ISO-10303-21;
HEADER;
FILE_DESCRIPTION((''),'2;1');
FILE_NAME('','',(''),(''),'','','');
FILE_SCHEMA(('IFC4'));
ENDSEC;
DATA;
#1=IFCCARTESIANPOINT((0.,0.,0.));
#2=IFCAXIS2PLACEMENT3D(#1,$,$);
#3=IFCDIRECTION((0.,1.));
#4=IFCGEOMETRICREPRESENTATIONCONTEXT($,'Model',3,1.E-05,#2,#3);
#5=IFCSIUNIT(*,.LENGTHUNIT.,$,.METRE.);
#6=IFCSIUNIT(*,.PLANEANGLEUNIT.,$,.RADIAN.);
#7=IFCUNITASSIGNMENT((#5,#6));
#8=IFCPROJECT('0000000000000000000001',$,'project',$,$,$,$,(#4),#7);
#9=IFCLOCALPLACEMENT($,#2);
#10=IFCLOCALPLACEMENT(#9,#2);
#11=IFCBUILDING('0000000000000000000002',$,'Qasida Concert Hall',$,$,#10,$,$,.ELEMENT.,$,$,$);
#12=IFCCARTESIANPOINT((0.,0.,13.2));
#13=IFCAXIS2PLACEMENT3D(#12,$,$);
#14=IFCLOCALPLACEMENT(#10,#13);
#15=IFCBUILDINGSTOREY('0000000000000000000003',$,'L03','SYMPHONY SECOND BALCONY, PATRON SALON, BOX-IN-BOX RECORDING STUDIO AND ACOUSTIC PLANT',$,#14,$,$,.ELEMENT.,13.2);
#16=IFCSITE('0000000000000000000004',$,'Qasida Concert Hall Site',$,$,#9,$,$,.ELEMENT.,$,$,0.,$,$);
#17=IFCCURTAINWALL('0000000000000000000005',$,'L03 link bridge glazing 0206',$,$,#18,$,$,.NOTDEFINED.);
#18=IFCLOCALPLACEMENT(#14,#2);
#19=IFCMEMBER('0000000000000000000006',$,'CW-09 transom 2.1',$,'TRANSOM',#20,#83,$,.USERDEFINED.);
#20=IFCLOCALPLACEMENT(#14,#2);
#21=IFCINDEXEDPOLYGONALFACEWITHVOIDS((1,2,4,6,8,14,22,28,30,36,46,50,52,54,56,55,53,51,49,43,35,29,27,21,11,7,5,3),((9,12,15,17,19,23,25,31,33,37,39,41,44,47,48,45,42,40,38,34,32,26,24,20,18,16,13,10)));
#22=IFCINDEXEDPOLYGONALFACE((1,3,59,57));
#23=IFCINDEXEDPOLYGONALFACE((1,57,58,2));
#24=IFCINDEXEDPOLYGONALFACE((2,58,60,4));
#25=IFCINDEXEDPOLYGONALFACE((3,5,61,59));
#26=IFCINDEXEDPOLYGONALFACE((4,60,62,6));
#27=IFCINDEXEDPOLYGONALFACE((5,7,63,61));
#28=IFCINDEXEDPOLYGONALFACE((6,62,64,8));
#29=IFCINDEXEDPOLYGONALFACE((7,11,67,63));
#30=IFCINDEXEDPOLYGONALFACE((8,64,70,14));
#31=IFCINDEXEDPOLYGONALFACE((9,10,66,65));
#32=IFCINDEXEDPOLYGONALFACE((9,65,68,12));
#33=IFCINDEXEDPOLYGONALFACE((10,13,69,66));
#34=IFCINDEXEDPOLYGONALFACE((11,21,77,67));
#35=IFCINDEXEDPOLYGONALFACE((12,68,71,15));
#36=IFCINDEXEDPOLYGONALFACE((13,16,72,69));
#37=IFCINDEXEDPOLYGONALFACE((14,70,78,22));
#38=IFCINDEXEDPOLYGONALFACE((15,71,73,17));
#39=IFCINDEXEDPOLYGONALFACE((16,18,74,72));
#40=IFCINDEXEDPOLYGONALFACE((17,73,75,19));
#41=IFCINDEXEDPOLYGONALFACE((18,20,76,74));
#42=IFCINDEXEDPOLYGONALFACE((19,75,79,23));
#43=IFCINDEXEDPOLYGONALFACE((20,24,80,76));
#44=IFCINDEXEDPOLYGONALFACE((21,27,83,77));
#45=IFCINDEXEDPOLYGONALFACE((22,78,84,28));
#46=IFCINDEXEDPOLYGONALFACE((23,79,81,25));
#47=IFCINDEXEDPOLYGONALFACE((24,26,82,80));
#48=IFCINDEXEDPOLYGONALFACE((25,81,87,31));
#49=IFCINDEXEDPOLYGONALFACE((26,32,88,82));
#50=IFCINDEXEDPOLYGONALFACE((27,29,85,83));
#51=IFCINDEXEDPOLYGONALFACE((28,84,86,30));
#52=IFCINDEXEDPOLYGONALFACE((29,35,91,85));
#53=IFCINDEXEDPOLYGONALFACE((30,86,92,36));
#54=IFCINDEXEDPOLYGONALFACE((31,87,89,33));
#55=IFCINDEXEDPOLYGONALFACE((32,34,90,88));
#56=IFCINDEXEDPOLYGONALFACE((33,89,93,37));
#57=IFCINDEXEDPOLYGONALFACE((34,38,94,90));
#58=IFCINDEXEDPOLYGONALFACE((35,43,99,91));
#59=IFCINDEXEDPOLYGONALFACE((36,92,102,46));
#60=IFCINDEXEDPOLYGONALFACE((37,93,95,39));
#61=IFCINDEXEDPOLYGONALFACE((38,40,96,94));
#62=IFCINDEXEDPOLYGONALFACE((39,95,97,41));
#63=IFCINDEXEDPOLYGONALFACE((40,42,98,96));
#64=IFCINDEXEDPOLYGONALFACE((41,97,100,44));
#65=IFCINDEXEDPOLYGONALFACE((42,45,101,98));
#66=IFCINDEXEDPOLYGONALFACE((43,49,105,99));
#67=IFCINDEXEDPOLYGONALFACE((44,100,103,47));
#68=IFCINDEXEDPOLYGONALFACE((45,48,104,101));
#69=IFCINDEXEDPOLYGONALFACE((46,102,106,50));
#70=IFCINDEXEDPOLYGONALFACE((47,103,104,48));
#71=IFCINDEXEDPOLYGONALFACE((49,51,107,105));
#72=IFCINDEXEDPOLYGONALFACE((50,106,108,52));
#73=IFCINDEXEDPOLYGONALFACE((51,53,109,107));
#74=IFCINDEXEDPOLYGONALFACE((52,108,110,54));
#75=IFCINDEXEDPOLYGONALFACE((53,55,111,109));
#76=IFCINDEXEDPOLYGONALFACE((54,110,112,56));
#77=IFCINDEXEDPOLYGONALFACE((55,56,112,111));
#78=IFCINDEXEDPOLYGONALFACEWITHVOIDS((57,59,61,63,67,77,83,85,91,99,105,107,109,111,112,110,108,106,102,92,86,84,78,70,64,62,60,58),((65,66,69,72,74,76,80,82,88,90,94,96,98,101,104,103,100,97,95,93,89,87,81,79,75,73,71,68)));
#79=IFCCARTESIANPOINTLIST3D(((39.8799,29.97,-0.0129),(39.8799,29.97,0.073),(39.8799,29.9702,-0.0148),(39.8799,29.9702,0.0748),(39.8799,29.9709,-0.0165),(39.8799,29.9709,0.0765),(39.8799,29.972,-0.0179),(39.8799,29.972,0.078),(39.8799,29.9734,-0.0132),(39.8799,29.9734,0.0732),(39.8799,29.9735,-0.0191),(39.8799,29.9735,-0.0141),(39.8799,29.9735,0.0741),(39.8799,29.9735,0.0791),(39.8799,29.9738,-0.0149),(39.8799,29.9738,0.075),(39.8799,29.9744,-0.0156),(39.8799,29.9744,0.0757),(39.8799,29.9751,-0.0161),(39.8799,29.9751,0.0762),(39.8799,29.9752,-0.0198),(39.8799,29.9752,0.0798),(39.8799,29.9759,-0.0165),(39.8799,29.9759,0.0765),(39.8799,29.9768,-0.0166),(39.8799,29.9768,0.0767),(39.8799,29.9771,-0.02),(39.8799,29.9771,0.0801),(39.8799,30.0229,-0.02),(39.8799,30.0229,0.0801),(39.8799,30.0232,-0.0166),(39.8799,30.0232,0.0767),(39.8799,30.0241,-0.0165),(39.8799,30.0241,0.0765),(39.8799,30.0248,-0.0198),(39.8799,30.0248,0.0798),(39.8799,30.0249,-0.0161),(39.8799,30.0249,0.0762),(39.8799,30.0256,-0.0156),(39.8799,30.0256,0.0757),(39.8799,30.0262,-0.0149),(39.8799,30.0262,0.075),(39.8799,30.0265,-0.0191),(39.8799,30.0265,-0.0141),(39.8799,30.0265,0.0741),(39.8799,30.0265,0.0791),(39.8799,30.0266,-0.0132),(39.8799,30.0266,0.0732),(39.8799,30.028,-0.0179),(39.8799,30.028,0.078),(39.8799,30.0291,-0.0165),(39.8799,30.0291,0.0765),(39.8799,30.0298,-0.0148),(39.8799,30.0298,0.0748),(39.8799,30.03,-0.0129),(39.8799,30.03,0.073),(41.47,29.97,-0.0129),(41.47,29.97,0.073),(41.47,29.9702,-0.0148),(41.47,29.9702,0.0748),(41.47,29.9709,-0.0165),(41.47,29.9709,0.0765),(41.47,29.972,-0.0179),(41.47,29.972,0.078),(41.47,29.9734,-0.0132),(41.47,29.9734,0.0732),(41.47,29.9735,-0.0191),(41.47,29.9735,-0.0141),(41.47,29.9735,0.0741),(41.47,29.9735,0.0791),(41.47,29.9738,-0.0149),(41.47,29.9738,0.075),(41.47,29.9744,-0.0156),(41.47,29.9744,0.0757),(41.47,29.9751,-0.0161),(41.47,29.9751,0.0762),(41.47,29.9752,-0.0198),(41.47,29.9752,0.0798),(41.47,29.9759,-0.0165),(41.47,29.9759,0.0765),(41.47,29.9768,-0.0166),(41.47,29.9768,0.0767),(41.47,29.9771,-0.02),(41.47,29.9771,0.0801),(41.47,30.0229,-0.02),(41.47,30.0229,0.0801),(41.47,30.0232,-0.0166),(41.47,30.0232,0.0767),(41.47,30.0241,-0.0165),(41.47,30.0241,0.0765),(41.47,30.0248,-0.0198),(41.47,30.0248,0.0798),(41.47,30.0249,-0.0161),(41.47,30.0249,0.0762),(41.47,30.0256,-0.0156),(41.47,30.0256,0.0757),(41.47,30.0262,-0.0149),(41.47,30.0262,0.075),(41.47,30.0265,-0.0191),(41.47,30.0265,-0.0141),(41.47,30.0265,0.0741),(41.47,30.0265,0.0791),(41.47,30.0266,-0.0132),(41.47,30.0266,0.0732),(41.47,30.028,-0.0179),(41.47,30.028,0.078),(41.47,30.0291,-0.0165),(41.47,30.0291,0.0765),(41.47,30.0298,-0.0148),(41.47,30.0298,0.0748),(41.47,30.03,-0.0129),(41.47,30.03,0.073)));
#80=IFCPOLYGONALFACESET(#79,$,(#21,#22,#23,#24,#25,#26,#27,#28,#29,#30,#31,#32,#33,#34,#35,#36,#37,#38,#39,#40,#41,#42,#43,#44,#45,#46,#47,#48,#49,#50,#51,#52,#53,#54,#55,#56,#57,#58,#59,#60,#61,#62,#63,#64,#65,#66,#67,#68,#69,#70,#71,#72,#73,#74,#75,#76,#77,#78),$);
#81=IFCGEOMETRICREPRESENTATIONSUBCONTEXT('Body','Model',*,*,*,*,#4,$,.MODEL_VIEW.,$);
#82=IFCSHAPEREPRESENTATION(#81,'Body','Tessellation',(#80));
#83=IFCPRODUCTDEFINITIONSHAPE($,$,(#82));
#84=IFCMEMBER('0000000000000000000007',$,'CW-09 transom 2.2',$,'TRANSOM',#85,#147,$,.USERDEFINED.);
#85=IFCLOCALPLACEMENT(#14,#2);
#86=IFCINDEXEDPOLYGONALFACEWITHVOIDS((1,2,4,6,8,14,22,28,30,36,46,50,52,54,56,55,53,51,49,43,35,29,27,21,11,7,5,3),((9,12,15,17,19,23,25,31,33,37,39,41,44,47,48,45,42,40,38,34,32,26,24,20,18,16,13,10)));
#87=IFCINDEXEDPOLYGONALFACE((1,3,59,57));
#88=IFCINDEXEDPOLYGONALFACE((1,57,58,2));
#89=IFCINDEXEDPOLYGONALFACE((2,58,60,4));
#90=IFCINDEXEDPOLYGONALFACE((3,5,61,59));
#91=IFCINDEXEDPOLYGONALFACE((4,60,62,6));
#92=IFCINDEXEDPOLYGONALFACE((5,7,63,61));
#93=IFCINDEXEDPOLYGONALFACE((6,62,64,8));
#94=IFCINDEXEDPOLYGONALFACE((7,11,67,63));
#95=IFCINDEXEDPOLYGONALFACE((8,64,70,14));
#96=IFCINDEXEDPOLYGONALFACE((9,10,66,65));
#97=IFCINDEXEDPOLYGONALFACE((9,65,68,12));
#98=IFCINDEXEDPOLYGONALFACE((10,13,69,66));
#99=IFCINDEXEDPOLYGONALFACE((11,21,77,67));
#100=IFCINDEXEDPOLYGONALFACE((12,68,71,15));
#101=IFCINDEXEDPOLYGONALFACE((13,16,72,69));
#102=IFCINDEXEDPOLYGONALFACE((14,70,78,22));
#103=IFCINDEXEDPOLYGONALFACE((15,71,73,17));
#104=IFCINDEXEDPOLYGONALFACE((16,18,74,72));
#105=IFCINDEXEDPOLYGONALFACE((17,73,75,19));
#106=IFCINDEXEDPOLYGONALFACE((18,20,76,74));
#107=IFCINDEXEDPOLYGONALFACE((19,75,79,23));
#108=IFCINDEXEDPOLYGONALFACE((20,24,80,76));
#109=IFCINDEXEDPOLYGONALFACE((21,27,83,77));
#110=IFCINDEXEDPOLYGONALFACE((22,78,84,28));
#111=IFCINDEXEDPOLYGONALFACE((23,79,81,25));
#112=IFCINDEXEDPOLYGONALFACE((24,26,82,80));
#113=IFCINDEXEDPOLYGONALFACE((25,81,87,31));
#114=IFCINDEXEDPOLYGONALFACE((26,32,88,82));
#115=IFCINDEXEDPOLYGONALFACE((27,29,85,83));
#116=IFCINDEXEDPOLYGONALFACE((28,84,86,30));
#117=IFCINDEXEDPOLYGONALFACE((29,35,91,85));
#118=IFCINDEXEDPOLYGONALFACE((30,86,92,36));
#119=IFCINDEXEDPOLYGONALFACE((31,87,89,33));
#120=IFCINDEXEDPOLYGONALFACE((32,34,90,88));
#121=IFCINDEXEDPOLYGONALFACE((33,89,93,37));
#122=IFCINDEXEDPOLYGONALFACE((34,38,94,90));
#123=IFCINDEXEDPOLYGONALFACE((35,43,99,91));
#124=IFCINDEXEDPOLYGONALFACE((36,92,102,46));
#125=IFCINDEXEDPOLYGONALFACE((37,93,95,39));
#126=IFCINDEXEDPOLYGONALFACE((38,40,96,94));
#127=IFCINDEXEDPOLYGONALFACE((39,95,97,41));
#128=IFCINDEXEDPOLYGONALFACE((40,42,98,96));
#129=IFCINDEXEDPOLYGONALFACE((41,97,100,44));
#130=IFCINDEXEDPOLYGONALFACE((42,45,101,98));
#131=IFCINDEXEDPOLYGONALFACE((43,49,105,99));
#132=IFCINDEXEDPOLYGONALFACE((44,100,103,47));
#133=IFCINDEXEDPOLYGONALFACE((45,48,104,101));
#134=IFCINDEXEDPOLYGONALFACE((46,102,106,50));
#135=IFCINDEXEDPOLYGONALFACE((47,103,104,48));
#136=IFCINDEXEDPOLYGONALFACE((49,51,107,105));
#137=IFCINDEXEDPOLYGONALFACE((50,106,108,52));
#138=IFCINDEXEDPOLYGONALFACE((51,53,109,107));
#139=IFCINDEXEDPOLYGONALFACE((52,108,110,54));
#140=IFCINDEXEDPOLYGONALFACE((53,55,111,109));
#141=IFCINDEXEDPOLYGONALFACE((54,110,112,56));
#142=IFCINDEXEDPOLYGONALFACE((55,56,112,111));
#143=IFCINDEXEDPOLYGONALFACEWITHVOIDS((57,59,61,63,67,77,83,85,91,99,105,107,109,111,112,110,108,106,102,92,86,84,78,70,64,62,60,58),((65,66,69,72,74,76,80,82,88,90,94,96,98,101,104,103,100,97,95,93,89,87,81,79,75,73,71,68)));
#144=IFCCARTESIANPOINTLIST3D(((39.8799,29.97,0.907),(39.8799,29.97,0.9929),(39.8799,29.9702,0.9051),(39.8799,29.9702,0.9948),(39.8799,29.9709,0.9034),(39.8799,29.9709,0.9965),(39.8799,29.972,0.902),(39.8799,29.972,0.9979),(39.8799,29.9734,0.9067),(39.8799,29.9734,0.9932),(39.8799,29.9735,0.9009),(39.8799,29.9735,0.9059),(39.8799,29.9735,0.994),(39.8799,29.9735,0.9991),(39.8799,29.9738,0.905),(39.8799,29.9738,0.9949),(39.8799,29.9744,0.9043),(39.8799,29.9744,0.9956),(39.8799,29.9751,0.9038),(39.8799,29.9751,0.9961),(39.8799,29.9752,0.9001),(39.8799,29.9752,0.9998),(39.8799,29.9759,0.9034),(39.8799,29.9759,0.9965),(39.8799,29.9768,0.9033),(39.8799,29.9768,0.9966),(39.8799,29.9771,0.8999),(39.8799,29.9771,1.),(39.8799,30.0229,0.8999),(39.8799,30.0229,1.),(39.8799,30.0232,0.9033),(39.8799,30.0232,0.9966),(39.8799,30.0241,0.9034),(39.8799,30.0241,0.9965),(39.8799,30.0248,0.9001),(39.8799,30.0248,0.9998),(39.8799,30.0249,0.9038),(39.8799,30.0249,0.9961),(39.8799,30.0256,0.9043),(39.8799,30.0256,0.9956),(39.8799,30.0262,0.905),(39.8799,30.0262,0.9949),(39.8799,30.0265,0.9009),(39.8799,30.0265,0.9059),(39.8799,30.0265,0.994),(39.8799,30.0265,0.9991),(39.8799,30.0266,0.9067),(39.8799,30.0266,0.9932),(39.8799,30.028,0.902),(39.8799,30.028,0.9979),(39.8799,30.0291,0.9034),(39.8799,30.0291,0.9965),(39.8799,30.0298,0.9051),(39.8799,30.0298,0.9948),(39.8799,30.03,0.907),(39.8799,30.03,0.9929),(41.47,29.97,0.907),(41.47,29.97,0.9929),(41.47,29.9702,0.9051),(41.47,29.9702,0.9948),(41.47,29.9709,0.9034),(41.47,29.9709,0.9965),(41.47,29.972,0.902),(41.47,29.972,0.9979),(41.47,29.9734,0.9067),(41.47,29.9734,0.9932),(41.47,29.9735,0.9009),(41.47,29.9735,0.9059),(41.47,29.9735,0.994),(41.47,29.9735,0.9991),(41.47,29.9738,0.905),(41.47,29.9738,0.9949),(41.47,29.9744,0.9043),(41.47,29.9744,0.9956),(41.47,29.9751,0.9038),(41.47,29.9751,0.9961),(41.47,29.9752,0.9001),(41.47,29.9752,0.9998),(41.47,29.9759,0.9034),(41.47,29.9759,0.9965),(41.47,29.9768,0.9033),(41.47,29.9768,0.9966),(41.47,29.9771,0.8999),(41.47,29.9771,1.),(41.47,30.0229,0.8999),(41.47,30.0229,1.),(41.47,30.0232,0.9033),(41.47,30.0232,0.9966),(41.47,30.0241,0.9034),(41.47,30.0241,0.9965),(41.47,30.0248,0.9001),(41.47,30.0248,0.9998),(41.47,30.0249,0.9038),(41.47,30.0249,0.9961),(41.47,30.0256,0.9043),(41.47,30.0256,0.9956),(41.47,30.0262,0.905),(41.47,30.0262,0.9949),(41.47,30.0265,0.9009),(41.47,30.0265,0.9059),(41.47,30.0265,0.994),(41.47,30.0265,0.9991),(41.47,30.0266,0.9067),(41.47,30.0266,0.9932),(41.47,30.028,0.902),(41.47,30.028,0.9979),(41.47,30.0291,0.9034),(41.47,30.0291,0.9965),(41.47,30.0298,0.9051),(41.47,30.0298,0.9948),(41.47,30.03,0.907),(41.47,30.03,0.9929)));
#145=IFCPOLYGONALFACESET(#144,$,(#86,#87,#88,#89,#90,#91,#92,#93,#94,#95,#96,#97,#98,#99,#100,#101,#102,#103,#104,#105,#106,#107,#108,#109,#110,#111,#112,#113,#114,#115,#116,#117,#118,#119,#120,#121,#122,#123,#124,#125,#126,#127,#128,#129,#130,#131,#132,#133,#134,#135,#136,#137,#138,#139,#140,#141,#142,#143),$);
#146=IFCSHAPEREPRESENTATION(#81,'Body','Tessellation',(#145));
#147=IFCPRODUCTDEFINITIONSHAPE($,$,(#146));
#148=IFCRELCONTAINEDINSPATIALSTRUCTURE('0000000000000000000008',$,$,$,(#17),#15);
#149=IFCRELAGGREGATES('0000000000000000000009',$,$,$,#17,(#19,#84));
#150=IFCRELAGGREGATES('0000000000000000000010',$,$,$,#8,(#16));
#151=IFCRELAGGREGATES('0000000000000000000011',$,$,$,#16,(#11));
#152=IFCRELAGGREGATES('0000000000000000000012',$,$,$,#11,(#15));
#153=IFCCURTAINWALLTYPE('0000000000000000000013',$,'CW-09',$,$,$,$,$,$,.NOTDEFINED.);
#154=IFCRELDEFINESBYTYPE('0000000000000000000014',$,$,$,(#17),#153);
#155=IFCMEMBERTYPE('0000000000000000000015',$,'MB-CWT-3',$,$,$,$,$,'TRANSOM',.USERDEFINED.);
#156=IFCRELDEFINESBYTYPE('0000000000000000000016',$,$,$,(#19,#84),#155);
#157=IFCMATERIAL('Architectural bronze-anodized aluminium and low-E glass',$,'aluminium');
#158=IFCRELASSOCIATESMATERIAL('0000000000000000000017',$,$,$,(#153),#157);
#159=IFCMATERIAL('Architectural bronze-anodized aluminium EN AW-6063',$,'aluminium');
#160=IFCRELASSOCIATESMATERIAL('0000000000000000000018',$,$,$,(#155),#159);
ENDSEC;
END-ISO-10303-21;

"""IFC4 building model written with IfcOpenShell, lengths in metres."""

from ifc_helpers import new_model, si_unit, direction, frame, origin, origin_2d, place, context, subcontext, project, spatial, hollow_rectangle, extrude, material, material_profile, profile_set, type_object, element, aggregate, save


model = new_model("IFC4")

# Units and contexts
model_context = context("Model", 3, precision=1e-05, world=origin(), true_north=direction((0.0, 1.0)))
body_context = subcontext(model_context, "Body", "Model", "MODEL_VIEW")
ifc_project = project(units=[si_unit("LENGTHUNIT", "METRE"), si_unit("PLANEANGLEUNIT", "RADIAN")], contexts=[model_context])

# Site, building, storey
site_placement = place(None, origin())
site = spatial("IfcSite", under=ifc_project, at=site_placement, Name="Qasida Concert Hall Site", CompositionType="ELEMENT", RefElevation=0.0)
building_placement = place(site_placement, origin())
building = spatial("IfcBuilding", under=site, at=building_placement, Name="Qasida Concert Hall", CompositionType="ELEMENT")
storey_placement = place(building_placement, frame((0.0, 0.0, 13.2)))
storey = spatial("IfcBuildingStorey", under=building, at=storey_placement, Name="L03", Description="SYMPHONY SECOND BALCONY, PATRON SALON, BOX-IN-BOX RECORDING STUDIO AND ACOUSTIC PLANT", CompositionType="ELEMENT", Elevation=13.2)

# Curtain wall
ifc_material_1 = material(Name="Architectural bronze-anodized aluminium and low-E glass", Category="aluminium")
curtain_wall_type = type_object("IfcCurtainWallType", Name="CW-09", PredefinedType="NOTDEFINED", material=ifc_material_1)
ifc_material_2 = material(Name="Architectural bronze-anodized aluminium EN AW-6063", Category="aluminium")
curtain_wall_1_placement = place(storey_placement, origin())
curtain_wall_1 = element("IfcCurtainWall", 1, at=curtain_wall_1_placement, inside=storey, type_object=curtain_wall_type, Name="L03 link bridge glazing 0206", PredefinedType="NOTDEFINED")

# Members
ifc_material_profile_1 = material_profile(ifc_material_2, hollow_rectangle(XDim=0.0601, YDim=0.1001, WallThickness=0.0034, InnerFilletRadius=0.0034, OuterFilletRadius=0.0071, at=origin_2d()), Name="CWT 100x60x3.5")
ifc_profile_set_1 = profile_set([ifc_material_profile_1], Name="Architectural bronze-anodized aluminium EN AW-6063")
member_type_1 = type_object("IfcMemberType", Name="MB-CWT-3", ElementType="TRANSOM", PredefinedType="USERDEFINED", material=ifc_profile_set_1)
member_1_placement = place(storey_placement, frame((39.8799, 30.0, 0.03), z_axis=(1.0, 0.0, 0.0), x_axis=(0.0, 1.0, 0.0)))
member_1 = element("IfcMember", 2, at=member_1_placement, type_object=member_type_1, Name="CW-09 transom 2.1", ObjectType="TRANSOM", PredefinedType="USERDEFINED", context=body_context, shape_type="SweptSolid", body=[
    extrude(hollow_rectangle(XDim=0.0601, YDim=0.1001, WallThickness=0.0034, InnerFilletRadius=0.0034, OuterFilletRadius=0.0071, at=origin_2d()), origin(), (0.0, 0.0, 1.0), 1.5901),
])
member_2_placement = place(storey_placement, frame((39.8799, 30.0, 0.95), z_axis=(1.0, 0.0, 0.0), x_axis=(0.0, 1.0, 0.0)))
member_2 = element("IfcMember", 3, at=member_2_placement, type_object=member_type_1, Name="CW-09 transom 2.2", ObjectType="TRANSOM", PredefinedType="USERDEFINED", context=body_context, shape_type="SweptSolid", body=[
    extrude(hollow_rectangle(XDim=0.0601, YDim=0.1001, WallThickness=0.0034, InnerFilletRadius=0.0034, OuterFilletRadius=0.0071, at=origin_2d()), origin(), (0.0, 0.0, 1.0), 1.5901),
])

aggregate(curtain_wall_1, [member_1, member_2])

save(model, "model.ifc")
